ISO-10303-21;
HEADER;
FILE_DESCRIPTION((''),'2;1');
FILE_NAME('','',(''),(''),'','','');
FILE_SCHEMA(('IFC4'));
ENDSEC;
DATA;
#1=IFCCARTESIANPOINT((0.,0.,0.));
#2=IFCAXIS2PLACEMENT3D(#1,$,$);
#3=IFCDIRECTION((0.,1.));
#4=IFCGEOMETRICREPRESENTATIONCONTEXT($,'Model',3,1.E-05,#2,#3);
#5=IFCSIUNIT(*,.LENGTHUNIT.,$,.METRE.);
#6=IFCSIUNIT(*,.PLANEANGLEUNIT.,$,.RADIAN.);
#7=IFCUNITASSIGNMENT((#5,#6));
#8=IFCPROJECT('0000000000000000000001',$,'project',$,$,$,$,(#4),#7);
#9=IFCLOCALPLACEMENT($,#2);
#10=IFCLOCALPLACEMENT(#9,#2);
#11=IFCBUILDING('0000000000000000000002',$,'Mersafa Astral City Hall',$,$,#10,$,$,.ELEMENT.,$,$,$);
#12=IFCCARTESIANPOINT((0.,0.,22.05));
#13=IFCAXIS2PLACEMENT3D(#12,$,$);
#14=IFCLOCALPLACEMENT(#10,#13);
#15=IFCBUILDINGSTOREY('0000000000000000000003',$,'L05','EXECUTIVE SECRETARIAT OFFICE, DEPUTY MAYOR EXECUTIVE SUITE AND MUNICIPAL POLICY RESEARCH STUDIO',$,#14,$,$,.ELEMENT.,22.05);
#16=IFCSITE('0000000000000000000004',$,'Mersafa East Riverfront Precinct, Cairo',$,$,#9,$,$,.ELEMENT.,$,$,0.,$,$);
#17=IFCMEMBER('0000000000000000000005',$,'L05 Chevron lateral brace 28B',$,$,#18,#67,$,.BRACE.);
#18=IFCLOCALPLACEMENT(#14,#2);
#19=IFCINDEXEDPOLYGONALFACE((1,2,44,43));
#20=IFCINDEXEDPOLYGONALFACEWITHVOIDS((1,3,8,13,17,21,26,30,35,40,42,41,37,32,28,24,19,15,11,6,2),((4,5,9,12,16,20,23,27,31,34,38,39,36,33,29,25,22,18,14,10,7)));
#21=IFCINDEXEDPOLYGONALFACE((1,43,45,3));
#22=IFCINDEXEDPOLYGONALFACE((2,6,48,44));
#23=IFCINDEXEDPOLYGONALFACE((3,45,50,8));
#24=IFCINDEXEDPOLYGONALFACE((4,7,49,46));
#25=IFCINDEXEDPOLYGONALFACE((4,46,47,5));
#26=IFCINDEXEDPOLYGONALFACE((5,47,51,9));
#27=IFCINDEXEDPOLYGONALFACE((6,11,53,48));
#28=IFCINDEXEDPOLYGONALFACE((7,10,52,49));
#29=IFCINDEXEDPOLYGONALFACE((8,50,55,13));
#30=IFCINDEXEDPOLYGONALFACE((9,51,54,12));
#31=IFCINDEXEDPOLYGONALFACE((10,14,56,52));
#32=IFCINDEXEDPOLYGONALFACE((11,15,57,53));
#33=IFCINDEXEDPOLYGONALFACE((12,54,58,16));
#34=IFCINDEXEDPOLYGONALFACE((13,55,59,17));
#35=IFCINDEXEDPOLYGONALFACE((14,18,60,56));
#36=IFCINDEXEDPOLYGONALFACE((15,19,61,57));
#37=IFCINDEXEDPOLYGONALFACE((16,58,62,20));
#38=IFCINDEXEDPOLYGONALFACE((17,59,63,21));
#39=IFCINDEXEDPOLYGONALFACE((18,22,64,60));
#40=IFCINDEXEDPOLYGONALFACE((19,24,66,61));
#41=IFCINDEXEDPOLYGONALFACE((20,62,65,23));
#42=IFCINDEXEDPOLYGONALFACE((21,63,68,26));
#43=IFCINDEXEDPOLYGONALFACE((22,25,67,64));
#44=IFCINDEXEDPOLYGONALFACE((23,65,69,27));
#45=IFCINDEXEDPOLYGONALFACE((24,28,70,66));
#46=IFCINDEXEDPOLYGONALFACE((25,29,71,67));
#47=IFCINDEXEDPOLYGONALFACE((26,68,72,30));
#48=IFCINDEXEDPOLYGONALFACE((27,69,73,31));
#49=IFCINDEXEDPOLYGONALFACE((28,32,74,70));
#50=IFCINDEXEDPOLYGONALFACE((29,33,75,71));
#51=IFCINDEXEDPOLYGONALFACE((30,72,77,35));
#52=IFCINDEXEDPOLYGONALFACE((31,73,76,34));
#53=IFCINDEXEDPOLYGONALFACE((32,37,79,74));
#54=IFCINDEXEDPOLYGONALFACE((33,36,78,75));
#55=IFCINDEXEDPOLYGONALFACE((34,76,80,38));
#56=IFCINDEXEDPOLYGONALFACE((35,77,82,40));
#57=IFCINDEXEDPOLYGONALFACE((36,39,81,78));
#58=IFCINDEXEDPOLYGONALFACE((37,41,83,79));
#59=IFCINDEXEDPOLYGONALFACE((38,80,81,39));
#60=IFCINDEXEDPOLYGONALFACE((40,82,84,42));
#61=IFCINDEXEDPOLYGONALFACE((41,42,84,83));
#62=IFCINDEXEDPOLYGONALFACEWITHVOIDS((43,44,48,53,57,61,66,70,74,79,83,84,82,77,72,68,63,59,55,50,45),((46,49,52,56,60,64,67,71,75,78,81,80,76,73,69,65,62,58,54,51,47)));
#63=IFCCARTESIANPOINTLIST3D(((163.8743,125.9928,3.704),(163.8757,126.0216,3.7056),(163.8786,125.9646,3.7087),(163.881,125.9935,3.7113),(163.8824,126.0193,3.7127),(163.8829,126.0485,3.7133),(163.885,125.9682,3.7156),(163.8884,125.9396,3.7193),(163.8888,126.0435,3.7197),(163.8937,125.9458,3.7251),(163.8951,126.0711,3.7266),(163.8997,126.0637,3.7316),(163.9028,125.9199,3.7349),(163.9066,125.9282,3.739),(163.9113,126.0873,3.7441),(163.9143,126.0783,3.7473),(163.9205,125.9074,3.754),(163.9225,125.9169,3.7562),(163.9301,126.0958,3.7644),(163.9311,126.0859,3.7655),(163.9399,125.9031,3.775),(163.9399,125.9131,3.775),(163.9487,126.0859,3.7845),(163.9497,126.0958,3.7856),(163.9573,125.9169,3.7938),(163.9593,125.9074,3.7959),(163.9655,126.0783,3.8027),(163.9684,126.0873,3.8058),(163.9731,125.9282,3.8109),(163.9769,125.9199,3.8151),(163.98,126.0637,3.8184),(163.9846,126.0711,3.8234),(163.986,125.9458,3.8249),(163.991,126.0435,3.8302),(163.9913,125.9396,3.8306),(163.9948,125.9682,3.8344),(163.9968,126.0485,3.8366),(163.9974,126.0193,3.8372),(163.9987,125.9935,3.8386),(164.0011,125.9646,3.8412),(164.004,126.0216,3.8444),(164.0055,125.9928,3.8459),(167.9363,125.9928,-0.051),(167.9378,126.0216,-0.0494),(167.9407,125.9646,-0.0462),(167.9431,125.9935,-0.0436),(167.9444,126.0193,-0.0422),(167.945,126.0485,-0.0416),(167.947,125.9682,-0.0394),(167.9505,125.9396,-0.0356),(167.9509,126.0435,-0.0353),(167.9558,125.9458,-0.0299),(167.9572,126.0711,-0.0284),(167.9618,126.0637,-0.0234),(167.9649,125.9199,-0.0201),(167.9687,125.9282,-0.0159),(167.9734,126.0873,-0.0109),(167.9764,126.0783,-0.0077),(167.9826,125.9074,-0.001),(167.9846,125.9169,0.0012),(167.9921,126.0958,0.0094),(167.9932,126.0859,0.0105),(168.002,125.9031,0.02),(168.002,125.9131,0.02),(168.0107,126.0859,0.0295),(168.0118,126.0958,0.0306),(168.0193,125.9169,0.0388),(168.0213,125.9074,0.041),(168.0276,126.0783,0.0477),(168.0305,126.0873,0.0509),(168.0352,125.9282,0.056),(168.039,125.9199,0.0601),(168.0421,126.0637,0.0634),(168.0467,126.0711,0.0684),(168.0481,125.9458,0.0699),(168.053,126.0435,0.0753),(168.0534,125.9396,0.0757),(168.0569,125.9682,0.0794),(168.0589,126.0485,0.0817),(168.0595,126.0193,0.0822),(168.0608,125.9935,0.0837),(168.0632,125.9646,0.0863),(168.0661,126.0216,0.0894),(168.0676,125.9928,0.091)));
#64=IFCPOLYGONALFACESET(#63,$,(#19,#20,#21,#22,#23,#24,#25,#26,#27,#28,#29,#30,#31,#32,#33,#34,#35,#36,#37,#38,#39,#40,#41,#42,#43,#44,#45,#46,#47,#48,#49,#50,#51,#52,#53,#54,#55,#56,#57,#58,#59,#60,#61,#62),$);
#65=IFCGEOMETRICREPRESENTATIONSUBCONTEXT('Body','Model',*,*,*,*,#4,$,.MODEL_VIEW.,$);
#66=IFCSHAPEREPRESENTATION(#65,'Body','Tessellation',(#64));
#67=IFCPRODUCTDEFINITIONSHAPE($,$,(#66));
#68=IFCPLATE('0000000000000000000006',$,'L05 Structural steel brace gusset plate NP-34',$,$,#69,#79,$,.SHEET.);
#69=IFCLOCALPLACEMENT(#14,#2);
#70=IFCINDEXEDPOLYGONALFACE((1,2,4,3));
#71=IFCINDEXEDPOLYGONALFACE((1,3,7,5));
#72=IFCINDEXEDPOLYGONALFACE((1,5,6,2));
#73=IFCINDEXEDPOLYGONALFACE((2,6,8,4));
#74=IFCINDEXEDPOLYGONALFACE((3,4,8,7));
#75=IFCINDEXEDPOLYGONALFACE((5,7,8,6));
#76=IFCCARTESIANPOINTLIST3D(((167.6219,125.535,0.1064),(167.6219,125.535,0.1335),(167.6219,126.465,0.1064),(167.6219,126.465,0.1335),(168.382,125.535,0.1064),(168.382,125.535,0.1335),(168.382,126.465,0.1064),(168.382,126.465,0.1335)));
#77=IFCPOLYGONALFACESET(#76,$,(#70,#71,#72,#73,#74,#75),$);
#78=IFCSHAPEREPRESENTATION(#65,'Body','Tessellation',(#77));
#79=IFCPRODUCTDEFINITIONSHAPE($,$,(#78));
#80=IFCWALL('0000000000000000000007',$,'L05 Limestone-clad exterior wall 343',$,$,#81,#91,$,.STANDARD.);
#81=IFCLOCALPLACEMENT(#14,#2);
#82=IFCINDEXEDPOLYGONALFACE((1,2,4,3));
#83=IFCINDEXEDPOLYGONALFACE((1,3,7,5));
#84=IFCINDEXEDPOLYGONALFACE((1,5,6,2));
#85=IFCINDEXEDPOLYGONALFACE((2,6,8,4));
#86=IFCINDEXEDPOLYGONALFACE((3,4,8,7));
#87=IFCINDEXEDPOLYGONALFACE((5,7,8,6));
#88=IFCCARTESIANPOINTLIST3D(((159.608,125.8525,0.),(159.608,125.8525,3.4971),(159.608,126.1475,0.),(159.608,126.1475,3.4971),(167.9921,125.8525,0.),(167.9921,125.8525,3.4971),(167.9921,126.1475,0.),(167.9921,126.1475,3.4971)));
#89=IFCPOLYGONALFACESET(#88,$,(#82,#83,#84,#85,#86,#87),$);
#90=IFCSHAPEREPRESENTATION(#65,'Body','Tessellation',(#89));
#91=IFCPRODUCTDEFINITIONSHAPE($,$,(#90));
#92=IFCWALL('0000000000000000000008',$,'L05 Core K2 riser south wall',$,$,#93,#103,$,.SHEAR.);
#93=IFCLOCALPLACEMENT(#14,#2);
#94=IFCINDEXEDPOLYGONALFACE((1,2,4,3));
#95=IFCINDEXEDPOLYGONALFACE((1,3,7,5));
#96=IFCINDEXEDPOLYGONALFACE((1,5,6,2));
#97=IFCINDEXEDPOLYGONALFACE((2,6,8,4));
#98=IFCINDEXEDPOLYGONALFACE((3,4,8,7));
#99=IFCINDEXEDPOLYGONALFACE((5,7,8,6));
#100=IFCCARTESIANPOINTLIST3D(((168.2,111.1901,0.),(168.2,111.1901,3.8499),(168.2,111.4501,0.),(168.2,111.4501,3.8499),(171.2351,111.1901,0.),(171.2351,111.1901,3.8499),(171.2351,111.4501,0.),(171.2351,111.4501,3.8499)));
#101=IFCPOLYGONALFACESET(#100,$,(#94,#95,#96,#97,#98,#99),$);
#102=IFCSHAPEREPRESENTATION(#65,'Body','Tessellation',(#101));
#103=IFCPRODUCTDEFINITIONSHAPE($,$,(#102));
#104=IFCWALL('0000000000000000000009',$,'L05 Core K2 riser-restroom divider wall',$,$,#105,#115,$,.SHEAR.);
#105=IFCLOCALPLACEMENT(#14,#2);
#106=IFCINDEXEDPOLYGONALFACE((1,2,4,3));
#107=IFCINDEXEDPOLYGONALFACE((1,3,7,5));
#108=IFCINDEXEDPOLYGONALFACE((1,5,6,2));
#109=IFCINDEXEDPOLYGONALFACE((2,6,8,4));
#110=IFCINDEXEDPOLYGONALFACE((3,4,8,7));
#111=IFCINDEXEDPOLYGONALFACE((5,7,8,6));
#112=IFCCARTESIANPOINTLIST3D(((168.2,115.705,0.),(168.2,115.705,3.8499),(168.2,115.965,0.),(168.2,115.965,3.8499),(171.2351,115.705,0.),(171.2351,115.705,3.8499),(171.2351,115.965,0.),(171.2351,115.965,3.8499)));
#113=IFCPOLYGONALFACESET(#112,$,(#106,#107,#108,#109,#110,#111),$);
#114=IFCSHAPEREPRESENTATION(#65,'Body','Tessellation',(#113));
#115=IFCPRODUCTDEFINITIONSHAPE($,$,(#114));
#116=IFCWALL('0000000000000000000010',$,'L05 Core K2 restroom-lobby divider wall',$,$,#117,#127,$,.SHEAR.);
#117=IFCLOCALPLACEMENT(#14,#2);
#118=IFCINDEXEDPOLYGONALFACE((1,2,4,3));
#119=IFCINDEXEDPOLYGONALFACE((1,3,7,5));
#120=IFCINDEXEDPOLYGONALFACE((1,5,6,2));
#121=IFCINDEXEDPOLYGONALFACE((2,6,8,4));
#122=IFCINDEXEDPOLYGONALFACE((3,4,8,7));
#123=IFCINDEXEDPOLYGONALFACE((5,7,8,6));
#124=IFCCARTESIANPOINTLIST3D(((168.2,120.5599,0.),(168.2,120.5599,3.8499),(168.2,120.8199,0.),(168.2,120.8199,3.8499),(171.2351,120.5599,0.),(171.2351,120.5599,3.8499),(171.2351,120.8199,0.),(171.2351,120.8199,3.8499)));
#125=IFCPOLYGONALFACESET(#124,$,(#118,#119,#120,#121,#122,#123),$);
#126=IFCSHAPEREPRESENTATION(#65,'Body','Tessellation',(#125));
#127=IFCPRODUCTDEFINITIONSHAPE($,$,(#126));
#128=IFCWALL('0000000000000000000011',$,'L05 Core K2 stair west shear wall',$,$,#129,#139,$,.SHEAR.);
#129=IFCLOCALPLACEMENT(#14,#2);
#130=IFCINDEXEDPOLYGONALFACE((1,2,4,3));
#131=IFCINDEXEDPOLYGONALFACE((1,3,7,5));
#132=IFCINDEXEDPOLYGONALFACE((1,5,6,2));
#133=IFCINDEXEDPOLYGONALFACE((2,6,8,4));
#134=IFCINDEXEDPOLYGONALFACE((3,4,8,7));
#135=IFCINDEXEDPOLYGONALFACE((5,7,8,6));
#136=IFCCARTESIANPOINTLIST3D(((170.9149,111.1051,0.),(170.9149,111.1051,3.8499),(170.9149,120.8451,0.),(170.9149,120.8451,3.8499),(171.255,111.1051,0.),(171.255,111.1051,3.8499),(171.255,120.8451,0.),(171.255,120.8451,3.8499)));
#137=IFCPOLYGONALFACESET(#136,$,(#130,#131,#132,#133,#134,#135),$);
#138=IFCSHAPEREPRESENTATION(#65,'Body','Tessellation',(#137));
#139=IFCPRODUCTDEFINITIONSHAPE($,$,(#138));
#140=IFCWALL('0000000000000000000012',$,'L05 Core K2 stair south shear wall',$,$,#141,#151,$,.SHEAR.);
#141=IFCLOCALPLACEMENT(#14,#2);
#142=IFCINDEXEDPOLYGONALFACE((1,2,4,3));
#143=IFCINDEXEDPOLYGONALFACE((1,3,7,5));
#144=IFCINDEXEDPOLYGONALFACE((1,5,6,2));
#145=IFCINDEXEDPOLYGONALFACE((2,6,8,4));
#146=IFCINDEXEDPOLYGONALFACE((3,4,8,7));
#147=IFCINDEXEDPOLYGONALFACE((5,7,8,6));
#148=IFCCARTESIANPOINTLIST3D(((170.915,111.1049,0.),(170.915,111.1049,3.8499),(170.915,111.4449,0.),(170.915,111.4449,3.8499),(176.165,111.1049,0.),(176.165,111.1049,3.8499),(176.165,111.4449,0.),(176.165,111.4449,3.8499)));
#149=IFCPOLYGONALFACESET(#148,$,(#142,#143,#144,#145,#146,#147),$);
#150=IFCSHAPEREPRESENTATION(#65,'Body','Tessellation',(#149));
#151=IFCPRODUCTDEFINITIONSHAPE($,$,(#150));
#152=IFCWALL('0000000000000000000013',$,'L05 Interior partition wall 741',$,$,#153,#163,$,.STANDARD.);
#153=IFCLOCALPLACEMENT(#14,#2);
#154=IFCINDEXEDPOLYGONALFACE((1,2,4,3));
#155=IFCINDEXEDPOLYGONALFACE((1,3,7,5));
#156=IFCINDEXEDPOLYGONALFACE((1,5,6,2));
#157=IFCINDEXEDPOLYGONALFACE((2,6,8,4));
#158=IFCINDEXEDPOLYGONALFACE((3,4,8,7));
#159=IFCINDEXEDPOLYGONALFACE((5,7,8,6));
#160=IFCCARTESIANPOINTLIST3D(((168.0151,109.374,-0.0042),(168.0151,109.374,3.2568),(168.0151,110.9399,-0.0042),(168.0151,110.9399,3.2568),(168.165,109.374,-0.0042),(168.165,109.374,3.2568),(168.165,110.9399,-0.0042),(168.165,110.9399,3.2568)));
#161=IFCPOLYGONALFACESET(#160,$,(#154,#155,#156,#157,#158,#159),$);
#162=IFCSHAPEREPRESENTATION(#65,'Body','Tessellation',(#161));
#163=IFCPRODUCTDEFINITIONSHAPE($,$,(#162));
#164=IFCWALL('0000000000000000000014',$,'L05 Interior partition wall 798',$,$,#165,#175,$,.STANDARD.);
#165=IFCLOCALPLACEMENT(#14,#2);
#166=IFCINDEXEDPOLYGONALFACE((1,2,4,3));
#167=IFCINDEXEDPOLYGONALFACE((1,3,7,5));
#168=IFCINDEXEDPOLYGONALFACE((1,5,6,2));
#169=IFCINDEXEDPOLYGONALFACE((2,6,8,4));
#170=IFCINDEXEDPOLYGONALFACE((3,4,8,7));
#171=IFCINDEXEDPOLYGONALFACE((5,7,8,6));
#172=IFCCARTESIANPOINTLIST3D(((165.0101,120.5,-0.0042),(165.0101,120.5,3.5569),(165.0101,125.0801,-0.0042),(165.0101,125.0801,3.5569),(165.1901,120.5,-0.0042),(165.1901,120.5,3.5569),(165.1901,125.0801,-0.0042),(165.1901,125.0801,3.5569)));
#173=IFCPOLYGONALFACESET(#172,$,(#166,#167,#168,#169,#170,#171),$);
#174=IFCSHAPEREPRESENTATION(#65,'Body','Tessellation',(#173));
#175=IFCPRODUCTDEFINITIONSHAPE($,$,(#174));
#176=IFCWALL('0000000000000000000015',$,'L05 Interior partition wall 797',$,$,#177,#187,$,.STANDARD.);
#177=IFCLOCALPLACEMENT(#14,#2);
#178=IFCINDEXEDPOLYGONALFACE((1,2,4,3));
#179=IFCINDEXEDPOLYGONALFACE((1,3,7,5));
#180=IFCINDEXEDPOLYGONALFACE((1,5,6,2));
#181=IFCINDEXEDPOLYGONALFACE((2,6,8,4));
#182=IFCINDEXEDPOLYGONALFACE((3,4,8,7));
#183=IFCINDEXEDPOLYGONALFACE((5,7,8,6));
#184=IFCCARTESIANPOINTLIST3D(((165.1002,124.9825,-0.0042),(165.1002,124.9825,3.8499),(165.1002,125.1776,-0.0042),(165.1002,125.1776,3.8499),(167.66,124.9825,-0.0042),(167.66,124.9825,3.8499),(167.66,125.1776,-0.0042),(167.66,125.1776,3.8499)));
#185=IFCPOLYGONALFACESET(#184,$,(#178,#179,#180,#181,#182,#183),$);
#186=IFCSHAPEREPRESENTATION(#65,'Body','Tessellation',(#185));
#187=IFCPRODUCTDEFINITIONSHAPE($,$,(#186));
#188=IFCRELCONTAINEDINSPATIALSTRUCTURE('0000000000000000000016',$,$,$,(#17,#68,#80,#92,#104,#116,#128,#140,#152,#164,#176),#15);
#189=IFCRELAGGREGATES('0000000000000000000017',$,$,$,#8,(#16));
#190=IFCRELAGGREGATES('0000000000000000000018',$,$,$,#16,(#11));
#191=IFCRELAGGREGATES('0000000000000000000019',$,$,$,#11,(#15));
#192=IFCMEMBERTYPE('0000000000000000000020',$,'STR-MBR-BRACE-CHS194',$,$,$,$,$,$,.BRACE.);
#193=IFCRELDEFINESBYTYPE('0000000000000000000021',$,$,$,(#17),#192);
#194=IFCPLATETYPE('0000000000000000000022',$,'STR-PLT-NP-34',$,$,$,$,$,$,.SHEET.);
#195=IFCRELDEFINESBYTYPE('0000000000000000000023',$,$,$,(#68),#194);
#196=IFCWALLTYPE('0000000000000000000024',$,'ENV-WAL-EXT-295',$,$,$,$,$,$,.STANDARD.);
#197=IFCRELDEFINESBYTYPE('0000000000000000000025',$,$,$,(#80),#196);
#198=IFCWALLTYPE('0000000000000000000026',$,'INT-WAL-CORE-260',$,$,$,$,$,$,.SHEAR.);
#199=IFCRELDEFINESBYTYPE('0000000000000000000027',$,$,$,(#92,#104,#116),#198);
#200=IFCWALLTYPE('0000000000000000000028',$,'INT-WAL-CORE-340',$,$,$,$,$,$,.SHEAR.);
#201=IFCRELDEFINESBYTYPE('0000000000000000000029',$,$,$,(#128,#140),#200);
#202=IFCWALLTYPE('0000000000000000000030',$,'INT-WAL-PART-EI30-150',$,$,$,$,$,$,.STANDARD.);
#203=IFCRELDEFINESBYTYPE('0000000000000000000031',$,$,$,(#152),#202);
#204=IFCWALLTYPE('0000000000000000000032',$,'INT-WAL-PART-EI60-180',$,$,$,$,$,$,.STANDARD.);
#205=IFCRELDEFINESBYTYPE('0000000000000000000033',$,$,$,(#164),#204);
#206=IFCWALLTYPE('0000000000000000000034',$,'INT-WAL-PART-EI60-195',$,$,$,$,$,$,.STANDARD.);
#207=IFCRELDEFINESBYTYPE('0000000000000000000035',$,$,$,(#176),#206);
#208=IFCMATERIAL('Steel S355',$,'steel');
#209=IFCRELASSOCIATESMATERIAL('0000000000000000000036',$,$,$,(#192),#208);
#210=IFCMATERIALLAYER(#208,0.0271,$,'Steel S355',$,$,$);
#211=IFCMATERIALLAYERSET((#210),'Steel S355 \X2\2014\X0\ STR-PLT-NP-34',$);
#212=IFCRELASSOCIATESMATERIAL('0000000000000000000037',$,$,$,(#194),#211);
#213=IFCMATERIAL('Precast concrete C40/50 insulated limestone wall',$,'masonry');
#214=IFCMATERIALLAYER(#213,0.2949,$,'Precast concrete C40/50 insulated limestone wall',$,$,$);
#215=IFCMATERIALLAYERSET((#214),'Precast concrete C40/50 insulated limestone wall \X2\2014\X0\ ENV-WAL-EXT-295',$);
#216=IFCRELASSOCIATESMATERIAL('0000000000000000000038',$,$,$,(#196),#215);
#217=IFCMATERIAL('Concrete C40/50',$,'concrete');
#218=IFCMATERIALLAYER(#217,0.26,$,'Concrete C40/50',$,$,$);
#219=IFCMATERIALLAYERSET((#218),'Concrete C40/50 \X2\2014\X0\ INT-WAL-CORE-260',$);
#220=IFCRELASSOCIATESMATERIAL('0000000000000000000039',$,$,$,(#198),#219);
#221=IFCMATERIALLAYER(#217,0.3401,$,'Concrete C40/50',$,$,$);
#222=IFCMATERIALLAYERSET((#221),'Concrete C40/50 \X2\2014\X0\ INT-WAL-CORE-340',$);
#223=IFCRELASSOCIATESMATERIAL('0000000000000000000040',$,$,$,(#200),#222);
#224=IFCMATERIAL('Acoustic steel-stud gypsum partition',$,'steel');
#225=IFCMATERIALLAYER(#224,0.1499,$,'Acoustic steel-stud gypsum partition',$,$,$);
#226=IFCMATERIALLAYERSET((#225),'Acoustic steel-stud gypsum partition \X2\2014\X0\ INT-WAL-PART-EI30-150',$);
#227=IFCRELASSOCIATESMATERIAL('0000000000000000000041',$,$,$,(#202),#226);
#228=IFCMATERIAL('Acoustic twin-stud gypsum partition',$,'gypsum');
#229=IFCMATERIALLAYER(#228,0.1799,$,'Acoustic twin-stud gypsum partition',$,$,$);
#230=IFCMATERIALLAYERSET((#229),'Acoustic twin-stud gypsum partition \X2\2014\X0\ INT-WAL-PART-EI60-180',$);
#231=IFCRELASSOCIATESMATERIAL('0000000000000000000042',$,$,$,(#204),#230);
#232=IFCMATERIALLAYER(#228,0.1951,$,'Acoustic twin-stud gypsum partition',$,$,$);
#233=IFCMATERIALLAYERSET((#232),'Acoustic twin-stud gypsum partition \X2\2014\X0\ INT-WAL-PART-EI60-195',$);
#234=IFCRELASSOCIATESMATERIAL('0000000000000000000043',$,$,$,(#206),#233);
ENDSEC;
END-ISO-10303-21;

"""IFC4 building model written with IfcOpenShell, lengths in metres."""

from ifc_helpers import new_model, si_unit, direction, frame, frame_2d, origin, origin_2d, place, context, subcontext, project, spatial, rectangle, hollow_circle, extrude, material, layer, layer_set, material_profile, profile_set, type_object, element, save


model = new_model("IFC4")

# Units and contexts
model_context = context("Model", 3, precision=1e-05, world=origin(), true_north=direction((0.0, 1.0)))
body_context = subcontext(model_context, "Body", "Model", "MODEL_VIEW")
ifc_project = project(units=[si_unit("LENGTHUNIT", "METRE"), si_unit("PLANEANGLEUNIT", "RADIAN")], contexts=[model_context])

# Site, building, storey
site_placement = place(None, origin())
site = spatial("IfcSite", under=ifc_project, at=site_placement, Name="Mersafa East Riverfront Precinct, Cairo", CompositionType="ELEMENT", RefElevation=0.0)
building_placement = place(site_placement, origin())
building = spatial("IfcBuilding", under=site, at=building_placement, Name="Mersafa Astral City Hall", CompositionType="ELEMENT")
storey_placement = place(building_placement, frame((0.0, 0.0, 22.05)))
storey = spatial("IfcBuildingStorey", under=building, at=storey_placement, Name="L05", Description="EXECUTIVE SECRETARIAT OFFICE, DEPUTY MAYOR EXECUTIVE SUITE AND MUNICIPAL POLICY RESEARCH STUDIO", CompositionType="ELEMENT", Elevation=22.05)

# Shared definitions
ifc_material_1 = material(Name="Steel S355", Category="steel")

# Member
ifc_material_profile_1 = material_profile(ifc_material_1, hollow_circle(Radius=0.0969, WallThickness=0.01, at=origin_2d()), Name="CHS 193.7x10")
ifc_profile_set_1 = profile_set([ifc_material_profile_1], Name="Steel S355")
member_type = type_object("IfcMemberType", Name="STR-MBR-BRACE-CHS194", PredefinedType="BRACE", material=ifc_profile_set_1)
member_placement = place(storey_placement, frame((168.002, 126.0, 0.02), z_axis=(-0.734323, 0.0, 0.678801), x_axis=(0.0, -1.0, 0.0)))
element("IfcMember", 1, at=member_placement, inside=storey, type_object=member_type, Name="L05 Chevron lateral brace 28B", PredefinedType="BRACE", context=body_context, shape_type="SweptSolid", body=[
    extrude(hollow_circle(Radius=0.0969, WallThickness=0.01, at=origin_2d()), origin(), (0.0, 0.0, 1.0), 5.5317),
])

# Plate
ifc_layer_1 = layer(ifc_material_1, 0.0271, Name="Steel S355")
ifc_layer_set_1 = layer_set([ifc_layer_1], Name="Steel S355 — STR-PLT-NP-34")
plate_type = type_object("IfcPlateType", Name="STR-PLT-NP-34", PredefinedType="SHEET", material=ifc_layer_set_1)
plate_placement = place(storey_placement, frame((168.002, 126.0, 0.1064), z_axis=(0.0, 0.0, 1.0), x_axis=(1.0, 0.0, 0.0)))
element("IfcPlate", 2, at=plate_placement, inside=storey, type_object=plate_type, Name="L05 Structural steel brace gusset plate NP-34", PredefinedType="SHEET", context=body_context, shape_type="SweptSolid", body=[
    extrude(rectangle(XDim=0.76, YDim=0.9299, at=origin_2d()), origin(), (0.0, 0.0, 1.0), 0.0271),
])

# Walls
ifc_material_2 = material(Name="Precast concrete C40/50 insulated limestone wall", Category="masonry")
ifc_layer_2 = layer(ifc_material_2, 0.2949, Name="Precast concrete C40/50 insulated limestone wall")
ifc_layer_set_2 = layer_set([ifc_layer_2], Name="Precast concrete C40/50 insulated limestone wall — ENV-WAL-EXT-295")
wall_type_1 = type_object("IfcWallType", Name="ENV-WAL-EXT-295", PredefinedType="STANDARD", material=ifc_layer_set_2)
wall_1_placement = place(storey_placement, frame((167.9919, 126.0, 0.0), z_axis=(0.0, 0.0, 1.0), x_axis=(-1.0, 0.0, 0.0)))
element("IfcWall", 3, at=wall_1_placement, inside=storey, type_object=wall_type_1, Name="L05 Limestone-clad exterior wall 343", PredefinedType="STANDARD", context=body_context, shape_type="SweptSolid", body=[
    extrude(rectangle(XDim=8.384, YDim=0.2949, at=frame_2d((4.1919, 0.0))), origin(), (0.0, 0.0, 1.0), 3.4971),
])
ifc_material_3 = material(Name="Concrete C40/50", Category="concrete")
ifc_layer_3 = layer(ifc_material_3, 0.26, Name="Concrete C40/50")
ifc_layer_set_3 = layer_set([ifc_layer_3], Name="Concrete C40/50 — INT-WAL-CORE-260")
wall_type_2 = type_object("IfcWallType", Name="INT-WAL-CORE-260", PredefinedType="SHEAR", material=ifc_layer_set_3)
for number, where, z_axis, x_axis, name in (
    (4, (168.2, 111.3201, 0.0), (0.0, 0.0, 1.0), (1.0, 0.0, 0.0), "L05 Core K2 riser south wall"),
    (5, (168.2, 115.835, 0.0), (0.0, 0.0, 1.0), (1.0, 0.0, 0.0), "L05 Core K2 riser-restroom divider wall"),
    (6, (168.2, 120.6899, 0.0), (0.0, 0.0, 1.0), (1.0, 0.0, 0.0), "L05 Core K2 restroom-lobby divider wall"),
):
    element("IfcWall", number, at=place(storey_placement, frame(where, z_axis=z_axis, x_axis=x_axis)), inside=storey, type_object=wall_type_2, Name=name, PredefinedType="SHEAR", context=body_context, shape_type="SweptSolid", body=[
        extrude(rectangle(XDim=3.0352, YDim=0.26, at=frame_2d((1.5176, 0.0))), origin(), (0.0, 0.0, 1.0), 3.8499),
    ])
ifc_layer_4 = layer(ifc_material_3, 0.3401, Name="Concrete C40/50")
ifc_layer_set_4 = layer_set([ifc_layer_4], Name="Concrete C40/50 — INT-WAL-CORE-340")
wall_type_3 = type_object("IfcWallType", Name="INT-WAL-CORE-340", PredefinedType="SHEAR", material=ifc_layer_set_4)
wall_2_placement = place(storey_placement, frame((171.085, 111.105, 0.0), z_axis=(0.0, 0.0, 1.0), x_axis=(0.0, 1.0, 0.0)))
element("IfcWall", 7, at=wall_2_placement, inside=storey, type_object=wall_type_3, Name="L05 Core K2 stair west shear wall", PredefinedType="SHEAR", context=body_context, shape_type="SweptSolid", body=[
    extrude(rectangle(XDim=9.74, YDim=0.3401, at=frame_2d((4.8701, 0.0))), origin(), (0.0, 0.0, 1.0), 3.8499),
])
wall_3_placement = place(storey_placement, frame((170.915, 111.2749, 0.0), z_axis=(0.0, 0.0, 1.0), x_axis=(1.0, 0.0, 0.0)))
element("IfcWall", 8, at=wall_3_placement, inside=storey, type_object=wall_type_3, Name="L05 Core K2 stair south shear wall", PredefinedType="SHEAR", context=body_context, shape_type="SweptSolid", body=[
    extrude(rectangle(XDim=5.25, YDim=0.3401, at=frame_2d((2.625, 0.0))), origin(), (0.0, 0.0, 1.0), 3.8499),
])

# Walls
ifc_material_4 = material(Name="Acoustic steel-stud gypsum partition", Category="steel")
ifc_layer_5 = layer(ifc_material_4, 0.1499, Name="Acoustic steel-stud gypsum partition")
ifc_layer_set_5 = layer_set([ifc_layer_5], Name="Acoustic steel-stud gypsum partition — INT-WAL-PART-EI30-150")
wall_type_4 = type_object("IfcWallType", Name="INT-WAL-PART-EI30-150", PredefinedType="STANDARD", material=ifc_layer_set_5)
wall_4_placement = place(storey_placement, frame((168.0901, 109.374, -0.0042), z_axis=(0.0, 0.0, 1.0), x_axis=(0.0, 1.0, 0.0)))
element("IfcWall", 9, at=wall_4_placement, inside=storey, type_object=wall_type_4, Name="L05 Interior partition wall 741", PredefinedType="STANDARD", context=body_context, shape_type="SweptSolid", body=[
    extrude(rectangle(XDim=1.5659, YDim=0.1499, at=frame_2d((0.783, 0.0))), origin(), (0.0, 0.0, 1.0), 3.261),
])
ifc_material_5 = material(Name="Acoustic twin-stud gypsum partition", Category="gypsum")
ifc_layer_6 = layer(ifc_material_5, 0.1799, Name="Acoustic twin-stud gypsum partition")
ifc_layer_set_6 = layer_set([ifc_layer_6], Name="Acoustic twin-stud gypsum partition — INT-WAL-PART-EI60-180")
wall_type_5 = type_object("IfcWallType", Name="INT-WAL-PART-EI60-180", PredefinedType="STANDARD", material=ifc_layer_set_6)
wall_5_placement = place(storey_placement, frame((165.1001, 125.0801, -0.0042), z_axis=(0.0, 0.0, 1.0), x_axis=(0.0, -1.0, 0.0)))
element("IfcWall", 10, at=wall_5_placement, inside=storey, type_object=wall_type_5, Name="L05 Interior partition wall 798", PredefinedType="STANDARD", context=body_context, shape_type="SweptSolid", body=[
    extrude(rectangle(XDim=4.5801, YDim=0.1799, at=frame_2d((2.29, 0.0))), origin(), (0.0, 0.0, 1.0), 3.561),
])
ifc_layer_7 = layer(ifc_material_5, 0.1951, Name="Acoustic twin-stud gypsum partition")
ifc_layer_set_7 = layer_set([ifc_layer_7], Name="Acoustic twin-stud gypsum partition — INT-WAL-PART-EI60-195")
wall_type_6 = type_object("IfcWallType", Name="INT-WAL-PART-EI60-195", PredefinedType="STANDARD", material=ifc_layer_set_7)
wall_6_placement = place(storey_placement, frame((167.6599, 125.0801, -0.0042), z_axis=(0.0, 0.0, 1.0), x_axis=(-1.0, 0.0, 0.0)))
element("IfcWall", 11, at=wall_6_placement, inside=storey, type_object=wall_type_6, Name="L05 Interior partition wall 797", PredefinedType="STANDARD", context=body_context, shape_type="SweptSolid", body=[
    extrude(rectangle(XDim=2.5598, YDim=0.1951, at=frame_2d((1.2798, 0.0))), origin(), (0.0, 0.0, 1.0), 3.854),
])

save(model, "model.ifc")
